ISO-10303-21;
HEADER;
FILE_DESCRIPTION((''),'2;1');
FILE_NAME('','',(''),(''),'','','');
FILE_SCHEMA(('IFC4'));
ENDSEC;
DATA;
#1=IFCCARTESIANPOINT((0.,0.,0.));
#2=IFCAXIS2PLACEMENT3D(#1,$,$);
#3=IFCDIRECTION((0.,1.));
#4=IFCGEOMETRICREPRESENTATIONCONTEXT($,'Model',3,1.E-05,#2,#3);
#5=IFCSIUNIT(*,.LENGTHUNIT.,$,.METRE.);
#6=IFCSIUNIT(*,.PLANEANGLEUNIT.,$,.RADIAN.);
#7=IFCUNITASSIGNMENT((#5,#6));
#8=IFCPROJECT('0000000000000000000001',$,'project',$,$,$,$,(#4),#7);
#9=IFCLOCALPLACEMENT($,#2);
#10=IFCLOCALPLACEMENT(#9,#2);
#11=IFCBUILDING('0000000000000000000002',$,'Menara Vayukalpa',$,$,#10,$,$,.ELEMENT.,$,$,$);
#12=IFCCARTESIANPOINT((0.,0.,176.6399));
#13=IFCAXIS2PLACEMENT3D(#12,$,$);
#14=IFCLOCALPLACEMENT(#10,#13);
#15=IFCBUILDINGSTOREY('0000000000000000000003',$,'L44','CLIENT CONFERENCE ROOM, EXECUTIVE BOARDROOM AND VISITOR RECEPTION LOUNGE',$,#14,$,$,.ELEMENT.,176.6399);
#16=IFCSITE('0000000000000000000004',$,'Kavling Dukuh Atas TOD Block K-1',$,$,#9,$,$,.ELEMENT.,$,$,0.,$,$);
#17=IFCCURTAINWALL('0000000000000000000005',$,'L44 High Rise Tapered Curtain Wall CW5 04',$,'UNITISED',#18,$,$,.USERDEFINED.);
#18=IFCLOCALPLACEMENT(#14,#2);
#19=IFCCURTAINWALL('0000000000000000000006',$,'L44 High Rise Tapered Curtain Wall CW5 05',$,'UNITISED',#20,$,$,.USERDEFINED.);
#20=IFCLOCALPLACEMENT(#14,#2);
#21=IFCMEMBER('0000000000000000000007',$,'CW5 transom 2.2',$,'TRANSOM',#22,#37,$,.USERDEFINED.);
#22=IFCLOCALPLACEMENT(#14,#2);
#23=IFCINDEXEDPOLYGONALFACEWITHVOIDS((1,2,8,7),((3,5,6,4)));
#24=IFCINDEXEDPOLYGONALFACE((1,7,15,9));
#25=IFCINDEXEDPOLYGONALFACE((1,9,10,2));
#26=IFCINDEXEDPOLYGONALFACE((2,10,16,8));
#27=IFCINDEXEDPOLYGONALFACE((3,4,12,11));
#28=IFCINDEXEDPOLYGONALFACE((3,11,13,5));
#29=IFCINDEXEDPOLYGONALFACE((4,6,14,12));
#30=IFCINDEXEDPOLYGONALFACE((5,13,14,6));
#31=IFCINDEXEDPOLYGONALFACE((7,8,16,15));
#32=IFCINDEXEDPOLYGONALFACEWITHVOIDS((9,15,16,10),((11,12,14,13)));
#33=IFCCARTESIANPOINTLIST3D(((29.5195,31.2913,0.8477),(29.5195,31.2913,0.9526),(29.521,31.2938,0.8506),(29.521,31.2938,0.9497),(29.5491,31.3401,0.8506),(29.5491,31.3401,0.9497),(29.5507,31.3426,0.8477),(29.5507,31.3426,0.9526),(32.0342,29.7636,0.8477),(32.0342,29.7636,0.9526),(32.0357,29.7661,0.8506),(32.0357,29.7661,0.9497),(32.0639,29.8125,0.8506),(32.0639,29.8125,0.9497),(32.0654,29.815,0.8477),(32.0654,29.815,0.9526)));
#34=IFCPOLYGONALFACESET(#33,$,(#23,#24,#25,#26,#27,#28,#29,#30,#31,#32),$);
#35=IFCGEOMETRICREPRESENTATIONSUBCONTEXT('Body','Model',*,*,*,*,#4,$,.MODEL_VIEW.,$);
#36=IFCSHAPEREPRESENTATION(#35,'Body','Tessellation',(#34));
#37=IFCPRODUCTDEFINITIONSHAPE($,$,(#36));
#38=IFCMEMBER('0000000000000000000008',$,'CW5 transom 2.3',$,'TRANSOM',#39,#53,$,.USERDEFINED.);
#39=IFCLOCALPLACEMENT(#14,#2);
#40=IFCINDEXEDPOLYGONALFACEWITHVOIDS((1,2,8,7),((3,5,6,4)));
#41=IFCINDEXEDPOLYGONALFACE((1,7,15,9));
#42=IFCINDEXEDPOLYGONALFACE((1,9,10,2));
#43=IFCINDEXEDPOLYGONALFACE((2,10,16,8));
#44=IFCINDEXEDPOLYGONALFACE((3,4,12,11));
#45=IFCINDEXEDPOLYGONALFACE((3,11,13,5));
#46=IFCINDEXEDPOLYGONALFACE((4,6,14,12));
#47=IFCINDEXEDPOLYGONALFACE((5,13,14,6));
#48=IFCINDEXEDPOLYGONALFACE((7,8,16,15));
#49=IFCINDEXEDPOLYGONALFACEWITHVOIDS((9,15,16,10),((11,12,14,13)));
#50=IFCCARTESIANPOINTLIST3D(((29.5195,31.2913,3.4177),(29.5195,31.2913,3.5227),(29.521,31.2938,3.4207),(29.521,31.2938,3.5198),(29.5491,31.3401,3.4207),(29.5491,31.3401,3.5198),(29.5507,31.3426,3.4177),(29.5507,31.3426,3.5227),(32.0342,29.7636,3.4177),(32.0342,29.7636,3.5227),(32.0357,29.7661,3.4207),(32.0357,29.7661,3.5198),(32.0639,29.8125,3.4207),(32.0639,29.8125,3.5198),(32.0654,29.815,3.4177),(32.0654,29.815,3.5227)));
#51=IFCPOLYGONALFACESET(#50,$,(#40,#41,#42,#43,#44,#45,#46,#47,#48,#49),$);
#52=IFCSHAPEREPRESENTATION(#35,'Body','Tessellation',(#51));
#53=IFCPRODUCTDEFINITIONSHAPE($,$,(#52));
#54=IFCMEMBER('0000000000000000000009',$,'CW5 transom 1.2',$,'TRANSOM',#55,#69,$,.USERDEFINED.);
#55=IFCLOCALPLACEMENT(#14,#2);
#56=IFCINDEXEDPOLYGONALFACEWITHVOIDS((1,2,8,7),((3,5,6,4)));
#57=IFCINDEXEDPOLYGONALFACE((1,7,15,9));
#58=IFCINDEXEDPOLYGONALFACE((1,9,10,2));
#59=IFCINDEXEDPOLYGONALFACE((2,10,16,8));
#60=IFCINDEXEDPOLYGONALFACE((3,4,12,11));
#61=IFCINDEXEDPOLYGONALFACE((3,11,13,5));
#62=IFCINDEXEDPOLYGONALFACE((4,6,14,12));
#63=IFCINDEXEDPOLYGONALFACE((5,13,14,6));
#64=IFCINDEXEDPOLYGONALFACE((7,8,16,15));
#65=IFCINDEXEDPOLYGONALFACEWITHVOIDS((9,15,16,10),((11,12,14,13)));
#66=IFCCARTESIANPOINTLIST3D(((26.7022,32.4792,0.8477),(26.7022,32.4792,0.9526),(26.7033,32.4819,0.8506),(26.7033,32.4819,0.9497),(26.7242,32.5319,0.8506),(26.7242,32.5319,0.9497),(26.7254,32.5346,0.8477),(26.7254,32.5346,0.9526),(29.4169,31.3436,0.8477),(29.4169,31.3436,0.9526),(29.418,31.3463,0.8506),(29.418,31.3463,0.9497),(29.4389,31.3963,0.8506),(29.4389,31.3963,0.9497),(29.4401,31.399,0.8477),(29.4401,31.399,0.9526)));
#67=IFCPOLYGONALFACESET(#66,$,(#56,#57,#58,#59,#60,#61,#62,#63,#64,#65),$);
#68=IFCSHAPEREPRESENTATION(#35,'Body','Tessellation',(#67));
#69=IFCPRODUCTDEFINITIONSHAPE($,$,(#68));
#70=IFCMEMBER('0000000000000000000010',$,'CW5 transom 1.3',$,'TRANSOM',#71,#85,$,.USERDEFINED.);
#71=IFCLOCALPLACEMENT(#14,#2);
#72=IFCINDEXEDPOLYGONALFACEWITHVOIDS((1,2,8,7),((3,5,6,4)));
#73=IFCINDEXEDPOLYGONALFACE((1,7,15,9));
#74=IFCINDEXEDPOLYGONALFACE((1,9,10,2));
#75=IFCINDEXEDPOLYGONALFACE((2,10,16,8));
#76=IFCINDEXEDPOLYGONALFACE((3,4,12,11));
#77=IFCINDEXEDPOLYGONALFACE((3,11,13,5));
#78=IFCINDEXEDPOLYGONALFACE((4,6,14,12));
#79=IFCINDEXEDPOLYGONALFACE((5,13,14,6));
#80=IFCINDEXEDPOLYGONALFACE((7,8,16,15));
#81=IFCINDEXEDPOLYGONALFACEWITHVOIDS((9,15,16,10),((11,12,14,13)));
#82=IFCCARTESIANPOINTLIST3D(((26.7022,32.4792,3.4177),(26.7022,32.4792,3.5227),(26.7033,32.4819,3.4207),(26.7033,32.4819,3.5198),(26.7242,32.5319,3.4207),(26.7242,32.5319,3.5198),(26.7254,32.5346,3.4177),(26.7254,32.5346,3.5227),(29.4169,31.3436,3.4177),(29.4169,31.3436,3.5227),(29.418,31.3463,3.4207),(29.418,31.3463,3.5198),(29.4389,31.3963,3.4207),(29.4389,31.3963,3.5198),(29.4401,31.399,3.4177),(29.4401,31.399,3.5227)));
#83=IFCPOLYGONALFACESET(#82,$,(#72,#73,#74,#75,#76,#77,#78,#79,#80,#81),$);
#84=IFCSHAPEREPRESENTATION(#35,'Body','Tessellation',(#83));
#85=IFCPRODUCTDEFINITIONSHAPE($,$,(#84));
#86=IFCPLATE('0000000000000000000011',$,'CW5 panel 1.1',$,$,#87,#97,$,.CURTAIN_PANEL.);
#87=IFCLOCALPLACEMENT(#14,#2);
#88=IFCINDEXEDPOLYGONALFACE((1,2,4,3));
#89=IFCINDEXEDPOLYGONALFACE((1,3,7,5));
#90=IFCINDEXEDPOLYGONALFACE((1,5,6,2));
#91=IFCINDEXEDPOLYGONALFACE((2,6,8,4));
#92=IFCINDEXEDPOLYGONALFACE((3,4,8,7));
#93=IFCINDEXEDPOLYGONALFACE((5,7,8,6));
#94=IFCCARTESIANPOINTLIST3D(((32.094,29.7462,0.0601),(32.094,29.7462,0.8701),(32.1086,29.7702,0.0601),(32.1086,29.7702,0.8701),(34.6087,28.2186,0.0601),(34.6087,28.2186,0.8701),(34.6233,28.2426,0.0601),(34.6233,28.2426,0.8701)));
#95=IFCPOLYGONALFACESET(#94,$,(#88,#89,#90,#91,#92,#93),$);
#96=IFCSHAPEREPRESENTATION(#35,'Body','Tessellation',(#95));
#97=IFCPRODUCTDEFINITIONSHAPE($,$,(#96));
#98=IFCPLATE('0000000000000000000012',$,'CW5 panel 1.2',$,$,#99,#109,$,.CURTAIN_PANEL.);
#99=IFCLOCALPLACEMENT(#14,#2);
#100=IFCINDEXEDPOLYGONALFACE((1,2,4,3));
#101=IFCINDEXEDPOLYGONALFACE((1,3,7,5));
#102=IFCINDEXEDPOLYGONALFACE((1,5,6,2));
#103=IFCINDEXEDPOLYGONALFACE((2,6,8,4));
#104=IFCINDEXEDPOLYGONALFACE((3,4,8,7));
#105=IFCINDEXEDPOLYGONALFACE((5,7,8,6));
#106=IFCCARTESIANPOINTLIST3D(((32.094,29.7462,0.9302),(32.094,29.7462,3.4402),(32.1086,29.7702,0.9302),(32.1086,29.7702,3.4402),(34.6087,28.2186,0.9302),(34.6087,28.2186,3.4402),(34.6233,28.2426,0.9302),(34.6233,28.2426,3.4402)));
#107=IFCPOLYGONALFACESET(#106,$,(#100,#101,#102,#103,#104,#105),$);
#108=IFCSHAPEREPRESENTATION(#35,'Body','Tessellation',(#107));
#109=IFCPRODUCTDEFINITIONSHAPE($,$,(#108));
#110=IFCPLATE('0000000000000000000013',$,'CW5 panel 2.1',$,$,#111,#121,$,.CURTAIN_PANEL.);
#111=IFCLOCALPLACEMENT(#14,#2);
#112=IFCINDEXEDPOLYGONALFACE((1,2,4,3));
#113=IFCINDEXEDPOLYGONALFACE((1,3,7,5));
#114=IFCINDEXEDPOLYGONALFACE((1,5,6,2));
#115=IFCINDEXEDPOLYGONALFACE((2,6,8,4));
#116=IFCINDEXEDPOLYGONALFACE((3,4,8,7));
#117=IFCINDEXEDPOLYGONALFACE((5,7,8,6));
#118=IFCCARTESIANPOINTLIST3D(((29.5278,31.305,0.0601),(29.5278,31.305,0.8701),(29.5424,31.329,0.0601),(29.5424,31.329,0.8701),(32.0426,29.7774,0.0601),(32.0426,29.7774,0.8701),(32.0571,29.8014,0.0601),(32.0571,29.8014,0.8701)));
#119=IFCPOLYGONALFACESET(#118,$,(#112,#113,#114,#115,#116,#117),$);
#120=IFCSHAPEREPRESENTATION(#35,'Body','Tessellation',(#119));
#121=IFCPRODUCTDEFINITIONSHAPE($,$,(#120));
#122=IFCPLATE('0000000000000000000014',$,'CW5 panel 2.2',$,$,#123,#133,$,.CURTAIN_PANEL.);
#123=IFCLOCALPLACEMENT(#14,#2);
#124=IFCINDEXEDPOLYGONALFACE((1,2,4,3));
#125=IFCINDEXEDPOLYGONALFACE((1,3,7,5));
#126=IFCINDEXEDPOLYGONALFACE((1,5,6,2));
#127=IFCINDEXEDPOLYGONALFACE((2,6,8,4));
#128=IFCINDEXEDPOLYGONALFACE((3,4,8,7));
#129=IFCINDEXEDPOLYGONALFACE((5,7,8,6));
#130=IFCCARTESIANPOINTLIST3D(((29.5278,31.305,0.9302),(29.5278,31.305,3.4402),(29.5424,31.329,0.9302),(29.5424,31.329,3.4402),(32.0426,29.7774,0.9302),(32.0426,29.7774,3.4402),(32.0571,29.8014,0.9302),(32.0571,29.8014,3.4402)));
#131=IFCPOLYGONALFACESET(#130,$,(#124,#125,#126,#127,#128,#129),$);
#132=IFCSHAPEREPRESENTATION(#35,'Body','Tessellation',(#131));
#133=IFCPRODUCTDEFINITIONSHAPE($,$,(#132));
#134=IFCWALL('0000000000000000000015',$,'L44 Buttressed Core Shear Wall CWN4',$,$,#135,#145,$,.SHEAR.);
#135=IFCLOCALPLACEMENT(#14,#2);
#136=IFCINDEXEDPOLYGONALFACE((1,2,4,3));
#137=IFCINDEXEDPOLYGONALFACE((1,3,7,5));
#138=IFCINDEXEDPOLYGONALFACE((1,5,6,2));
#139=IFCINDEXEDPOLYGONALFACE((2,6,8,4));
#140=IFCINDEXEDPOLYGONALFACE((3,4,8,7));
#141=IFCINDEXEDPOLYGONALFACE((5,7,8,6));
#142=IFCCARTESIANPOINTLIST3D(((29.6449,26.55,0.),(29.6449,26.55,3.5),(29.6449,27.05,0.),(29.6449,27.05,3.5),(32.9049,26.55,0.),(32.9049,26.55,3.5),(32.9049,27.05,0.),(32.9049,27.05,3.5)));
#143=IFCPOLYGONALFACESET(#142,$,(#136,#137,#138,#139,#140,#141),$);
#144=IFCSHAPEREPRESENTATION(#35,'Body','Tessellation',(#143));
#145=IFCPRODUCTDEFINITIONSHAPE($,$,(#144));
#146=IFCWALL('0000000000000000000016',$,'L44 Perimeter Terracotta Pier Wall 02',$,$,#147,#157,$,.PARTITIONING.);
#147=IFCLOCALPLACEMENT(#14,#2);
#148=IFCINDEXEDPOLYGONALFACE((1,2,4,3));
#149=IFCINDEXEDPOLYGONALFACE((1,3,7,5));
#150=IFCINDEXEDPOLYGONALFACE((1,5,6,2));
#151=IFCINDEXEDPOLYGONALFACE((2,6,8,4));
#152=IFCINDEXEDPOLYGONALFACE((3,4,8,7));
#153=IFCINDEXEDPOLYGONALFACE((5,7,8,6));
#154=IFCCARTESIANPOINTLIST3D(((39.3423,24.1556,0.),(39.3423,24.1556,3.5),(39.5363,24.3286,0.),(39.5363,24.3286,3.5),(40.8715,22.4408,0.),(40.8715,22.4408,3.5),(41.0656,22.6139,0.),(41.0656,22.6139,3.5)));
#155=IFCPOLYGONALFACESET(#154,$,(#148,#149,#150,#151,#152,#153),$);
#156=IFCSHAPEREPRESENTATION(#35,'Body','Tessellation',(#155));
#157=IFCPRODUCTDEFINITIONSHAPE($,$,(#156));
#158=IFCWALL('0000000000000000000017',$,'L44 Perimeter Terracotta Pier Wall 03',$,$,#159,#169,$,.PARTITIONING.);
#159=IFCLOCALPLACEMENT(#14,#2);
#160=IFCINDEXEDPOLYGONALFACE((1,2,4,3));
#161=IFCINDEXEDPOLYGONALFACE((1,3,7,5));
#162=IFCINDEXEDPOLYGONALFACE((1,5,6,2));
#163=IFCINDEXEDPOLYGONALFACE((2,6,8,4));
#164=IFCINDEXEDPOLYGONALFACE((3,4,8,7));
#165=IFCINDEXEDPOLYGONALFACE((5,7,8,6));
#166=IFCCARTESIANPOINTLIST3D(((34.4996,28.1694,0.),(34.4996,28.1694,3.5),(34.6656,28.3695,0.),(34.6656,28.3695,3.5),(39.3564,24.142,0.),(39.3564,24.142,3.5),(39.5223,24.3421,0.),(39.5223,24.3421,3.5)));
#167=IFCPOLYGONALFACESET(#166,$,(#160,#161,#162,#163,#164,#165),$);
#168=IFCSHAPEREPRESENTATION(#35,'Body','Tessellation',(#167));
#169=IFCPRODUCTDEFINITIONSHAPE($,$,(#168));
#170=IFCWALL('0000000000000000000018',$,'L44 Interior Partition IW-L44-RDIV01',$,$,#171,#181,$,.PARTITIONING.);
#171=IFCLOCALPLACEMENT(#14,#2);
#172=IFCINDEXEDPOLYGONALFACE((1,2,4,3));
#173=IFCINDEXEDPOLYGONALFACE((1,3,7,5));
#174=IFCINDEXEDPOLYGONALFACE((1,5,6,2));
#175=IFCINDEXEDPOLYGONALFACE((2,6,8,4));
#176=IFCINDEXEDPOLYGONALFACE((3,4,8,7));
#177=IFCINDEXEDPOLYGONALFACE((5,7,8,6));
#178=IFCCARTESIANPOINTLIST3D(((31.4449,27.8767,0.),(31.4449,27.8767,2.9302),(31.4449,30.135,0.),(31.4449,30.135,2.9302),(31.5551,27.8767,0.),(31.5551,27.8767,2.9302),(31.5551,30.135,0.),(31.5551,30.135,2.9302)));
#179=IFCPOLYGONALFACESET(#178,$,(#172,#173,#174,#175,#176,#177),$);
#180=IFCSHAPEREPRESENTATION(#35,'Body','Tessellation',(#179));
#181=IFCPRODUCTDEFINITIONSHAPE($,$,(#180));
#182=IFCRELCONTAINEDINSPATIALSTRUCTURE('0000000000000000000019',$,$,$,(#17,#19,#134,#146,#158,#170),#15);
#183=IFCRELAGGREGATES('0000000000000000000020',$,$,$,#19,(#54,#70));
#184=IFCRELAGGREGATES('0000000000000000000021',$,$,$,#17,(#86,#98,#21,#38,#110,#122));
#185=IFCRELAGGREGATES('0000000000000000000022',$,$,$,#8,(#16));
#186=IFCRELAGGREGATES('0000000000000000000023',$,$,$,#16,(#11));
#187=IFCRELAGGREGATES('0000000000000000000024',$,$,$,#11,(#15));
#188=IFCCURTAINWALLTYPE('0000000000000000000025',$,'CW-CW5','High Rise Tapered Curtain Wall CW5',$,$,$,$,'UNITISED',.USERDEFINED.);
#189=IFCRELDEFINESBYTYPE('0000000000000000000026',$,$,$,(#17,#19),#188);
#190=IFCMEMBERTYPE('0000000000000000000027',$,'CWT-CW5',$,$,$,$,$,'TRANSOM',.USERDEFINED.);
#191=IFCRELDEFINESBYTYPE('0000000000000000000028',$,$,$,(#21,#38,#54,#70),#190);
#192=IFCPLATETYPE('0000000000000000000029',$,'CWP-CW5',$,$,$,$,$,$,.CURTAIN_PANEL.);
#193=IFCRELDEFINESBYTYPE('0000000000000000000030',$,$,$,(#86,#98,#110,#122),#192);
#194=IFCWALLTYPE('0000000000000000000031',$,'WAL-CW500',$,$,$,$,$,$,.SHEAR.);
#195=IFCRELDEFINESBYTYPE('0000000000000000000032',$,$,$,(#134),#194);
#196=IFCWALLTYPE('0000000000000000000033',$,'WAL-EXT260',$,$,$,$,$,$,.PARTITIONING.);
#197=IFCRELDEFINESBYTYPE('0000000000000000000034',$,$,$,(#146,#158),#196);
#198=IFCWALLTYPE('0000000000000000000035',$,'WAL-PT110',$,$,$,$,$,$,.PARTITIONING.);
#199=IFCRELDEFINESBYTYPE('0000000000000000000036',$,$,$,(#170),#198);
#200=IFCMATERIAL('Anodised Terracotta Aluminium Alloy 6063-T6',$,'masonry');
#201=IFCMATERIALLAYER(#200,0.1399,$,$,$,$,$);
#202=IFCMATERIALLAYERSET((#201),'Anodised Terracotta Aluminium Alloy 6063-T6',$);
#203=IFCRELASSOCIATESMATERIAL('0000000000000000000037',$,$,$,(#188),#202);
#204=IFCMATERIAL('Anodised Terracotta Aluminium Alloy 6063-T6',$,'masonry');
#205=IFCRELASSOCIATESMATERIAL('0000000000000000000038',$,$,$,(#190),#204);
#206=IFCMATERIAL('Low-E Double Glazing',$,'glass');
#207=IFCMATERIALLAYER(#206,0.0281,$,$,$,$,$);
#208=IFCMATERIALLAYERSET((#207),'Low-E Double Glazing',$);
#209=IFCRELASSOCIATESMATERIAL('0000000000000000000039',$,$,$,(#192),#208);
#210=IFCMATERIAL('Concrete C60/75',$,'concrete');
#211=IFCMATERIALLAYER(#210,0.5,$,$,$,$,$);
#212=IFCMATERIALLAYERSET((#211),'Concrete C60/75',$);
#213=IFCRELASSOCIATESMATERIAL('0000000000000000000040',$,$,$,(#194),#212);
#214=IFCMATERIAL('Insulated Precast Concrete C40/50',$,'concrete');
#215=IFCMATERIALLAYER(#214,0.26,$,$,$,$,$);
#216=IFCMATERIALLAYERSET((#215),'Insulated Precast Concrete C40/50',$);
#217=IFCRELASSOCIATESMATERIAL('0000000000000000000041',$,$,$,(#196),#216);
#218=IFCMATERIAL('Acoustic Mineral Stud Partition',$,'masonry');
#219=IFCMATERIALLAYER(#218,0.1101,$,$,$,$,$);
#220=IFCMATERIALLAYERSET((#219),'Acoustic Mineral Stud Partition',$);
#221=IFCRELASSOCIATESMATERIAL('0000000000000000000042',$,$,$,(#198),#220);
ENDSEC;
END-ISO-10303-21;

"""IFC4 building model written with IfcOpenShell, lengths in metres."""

from ifc_helpers import new_model, si_unit, direction, frame, frame_2d, origin, origin_2d, place, context, subcontext, project, spatial, rectangle, hollow_rectangle, extrude, material, layer, layer_set, material_profile, profile_set, type_object, element, aggregate, save


model = new_model("IFC4")

# Units and contexts
model_context = context("Model", 3, precision=1e-05, world=origin(), true_north=direction((0.0, 1.0)))
body_context = subcontext(model_context, "Body", "Model", "MODEL_VIEW")
ifc_project = project(units=[si_unit("LENGTHUNIT", "METRE"), si_unit("PLANEANGLEUNIT", "RADIAN")], contexts=[model_context])

# Site, building, storey
site_placement = place(None, origin())
site = spatial("IfcSite", under=ifc_project, at=site_placement, Name="Kavling Dukuh Atas TOD Block K-1", CompositionType="ELEMENT", RefElevation=0.0)
building_placement = place(site_placement, origin())
building = spatial("IfcBuilding", under=site, at=building_placement, Name="Menara Vayukalpa", CompositionType="ELEMENT")
storey_placement = place(building_placement, frame((0.0, 0.0, 176.6399)))
storey = spatial("IfcBuildingStorey", under=building, at=storey_placement, Name="L44", Description="CLIENT CONFERENCE ROOM, EXECUTIVE BOARDROOM AND VISITOR RECEPTION LOUNGE", CompositionType="ELEMENT", Elevation=176.6399)

# Curtain wall
ifc_material_1 = material(Name="Anodised Terracotta Aluminium Alloy 6063-T6", Category="masonry")
ifc_layer_1 = layer(ifc_material_1, 0.1399)
ifc_layer_set_1 = layer_set([ifc_layer_1], Name="Anodised Terracotta Aluminium Alloy 6063-T6")
curtain_wall_type = type_object("IfcCurtainWallType", Name="CW-CW5", Description="High Rise Tapered Curtain Wall CW5", ElementType="UNITISED", PredefinedType="USERDEFINED", material=ifc_layer_set_1)
curtain_wall_1_placement = place(storey_placement, origin())
curtain_wall_1 = element("IfcCurtainWall", 1, at=curtain_wall_1_placement, inside=storey, type_object=curtain_wall_type, Name="L44 High Rise Tapered Curtain Wall CW5 04", ObjectType="UNITISED", PredefinedType="USERDEFINED")

# Curtain wall
curtain_wall_2_placement = place(storey_placement, origin())
curtain_wall_2 = element("IfcCurtainWall", 2, at=curtain_wall_2_placement, inside=storey, type_object=curtain_wall_type, Name="L44 High Rise Tapered Curtain Wall CW5 05", ObjectType="UNITISED", PredefinedType="USERDEFINED")

# Members
ifc_material_2 = material(Name="Anodised Terracotta Aluminium Alloy 6063-T6", Category="masonry")
ifc_material_profile_1 = material_profile(ifc_material_2, hollow_rectangle(XDim=0.0601, YDim=0.105, WallThickness=0.0029, at=origin_2d()), Name="ALU 60x105x3")
ifc_profile_set_1 = profile_set([ifc_material_profile_1], Name="Anodised Terracotta Aluminium Alloy 6063-T6")
member_type_1 = type_object("IfcMemberType", Name="CWT-CW5", ElementType="TRANSOM", PredefinedType="USERDEFINED", material=ifc_profile_set_1)
member_1_placement = place(storey_placement, frame((32.0498, 29.7893, 0.9001), z_axis=(-0.854661, 0.519186, 0.0), x_axis=(-0.519186, -0.854661, 0.0)))
member_1 = element("IfcMember", 3, at=member_1_placement, type_object=member_type_1, Name="CW5 transom 2.2", ObjectType="TRANSOM", PredefinedType="USERDEFINED", context=body_context, shape_type="SweptSolid", body=[
    extrude(hollow_rectangle(XDim=0.0601, YDim=0.105, WallThickness=0.0029, at=origin_2d()), origin(), (0.0, 0.0, 1.0), 2.9424),
])
member_2_placement = place(storey_placement, frame((32.0498, 29.7893, 3.4702), z_axis=(-0.854661, 0.519186, 0.0), x_axis=(-0.519186, -0.854661, 0.0)))
member_2 = element("IfcMember", 4, at=member_2_placement, type_object=member_type_1, Name="CW5 transom 2.3", ObjectType="TRANSOM", PredefinedType="USERDEFINED", context=body_context, shape_type="SweptSolid", body=[
    extrude(hollow_rectangle(XDim=0.0601, YDim=0.105, WallThickness=0.0029, at=origin_2d()), origin(), (0.0, 0.0, 1.0), 2.9424),
])
member_3_placement = place(storey_placement, frame((29.4285, 31.3713, 0.9001), z_axis=(-0.922543, 0.385893, 0.0), x_axis=(-0.385893, -0.922543, 0.0)))
member_3 = element("IfcMember", 5, at=member_3_placement, type_object=member_type_1, Name="CW5 transom 1.2", ObjectType="TRANSOM", PredefinedType="USERDEFINED", context=body_context, shape_type="SweptSolid", body=[
    extrude(hollow_rectangle(XDim=0.0601, YDim=0.105, WallThickness=0.0029, at=origin_2d()), origin(), (0.0, 0.0, 1.0), 2.9426),
])
member_4_placement = place(storey_placement, frame((29.4285, 31.3713, 3.4702), z_axis=(-0.922543, 0.385893, 0.0), x_axis=(-0.385893, -0.922543, 0.0)))
member_4 = element("IfcMember", 6, at=member_4_placement, type_object=member_type_1, Name="CW5 transom 1.3", ObjectType="TRANSOM", PredefinedType="USERDEFINED", context=body_context, shape_type="SweptSolid", body=[
    extrude(hollow_rectangle(XDim=0.0601, YDim=0.105, WallThickness=0.0029, at=origin_2d()), origin(), (0.0, 0.0, 1.0), 2.9426),
])
aggregate(curtain_wall_2, [member_3, member_4])

# Plates
ifc_material_3 = material(Name="Low-E Double Glazing", Category="glass")
ifc_layer_2 = layer(ifc_material_3, 0.0281)
ifc_layer_set_2 = layer_set([ifc_layer_2], Name="Low-E Double Glazing")
plate_type = type_object("IfcPlateType", Name="CWP-CW5", PredefinedType="CURTAIN_PANEL", material=ifc_layer_set_2)
plate_1_placement = place(storey_placement, frame((33.3586, 28.9944, 0.0601), z_axis=(0.0, 0.0, 1.0), x_axis=(-0.854665, 0.51918, 0.0)))
plate_1 = element("IfcPlate", 7, at=plate_1_placement, type_object=plate_type, Name="CW5 panel 1.1", PredefinedType="CURTAIN_PANEL", context=body_context, shape_type="SweptSolid", body=[
    extrude(rectangle(XDim=2.9424, YDim=0.0281, at=origin_2d()), origin(), (0.0, 0.0, 1.0), 0.8101),
])
plate_2_placement = place(storey_placement, frame((33.3586, 28.9944, 0.9302), z_axis=(0.0, 0.0, 1.0), x_axis=(-0.854665, 0.51918, 0.0)))
plate_2 = element("IfcPlate", 8, at=plate_2_placement, type_object=plate_type, Name="CW5 panel 1.2", PredefinedType="CURTAIN_PANEL", context=body_context, shape_type="SweptSolid", body=[
    extrude(rectangle(XDim=2.9424, YDim=0.0281, at=origin_2d()), origin(), (0.0, 0.0, 1.0), 2.51),
])
plate_3_placement = place(storey_placement, frame((30.7925, 30.5532, 0.0601), z_axis=(0.0, 0.0, 1.0), x_axis=(-0.854665, 0.51918, 0.0)))
plate_3 = element("IfcPlate", 9, at=plate_3_placement, type_object=plate_type, Name="CW5 panel 2.1", PredefinedType="CURTAIN_PANEL", context=body_context, shape_type="SweptSolid", body=[
    extrude(rectangle(XDim=2.9424, YDim=0.0281, at=origin_2d()), origin(), (0.0, 0.0, 1.0), 0.8101),
])
plate_4_placement = place(storey_placement, frame((30.7925, 30.5532, 0.9302), z_axis=(0.0, 0.0, 1.0), x_axis=(-0.854665, 0.51918, 0.0)))
plate_4 = element("IfcPlate", 10, at=plate_4_placement, type_object=plate_type, Name="CW5 panel 2.2", PredefinedType="CURTAIN_PANEL", context=body_context, shape_type="SweptSolid", body=[
    extrude(rectangle(XDim=2.9424, YDim=0.0281, at=origin_2d()), origin(), (0.0, 0.0, 1.0), 2.51),
])
aggregate(curtain_wall_1, [plate_1, plate_2, member_1, member_2, plate_3, plate_4])

# Walls
ifc_material_4 = material(Name="Concrete C60/75", Category="concrete")
ifc_layer_3 = layer(ifc_material_4, 0.5)
ifc_layer_set_3 = layer_set([ifc_layer_3], Name="Concrete C60/75")
wall_type_1 = type_object("IfcWallType", Name="WAL-CW500", PredefinedType="SHEAR", material=ifc_layer_set_3)
wall_1_placement = place(storey_placement, frame((29.645, 26.8, 0.0), z_axis=(0.0, 0.0, 1.0), x_axis=(1.0, 0.0, 0.0)))
element("IfcWall", 11, at=wall_1_placement, inside=storey, type_object=wall_type_1, Name="L44 Buttressed Core Shear Wall CWN4", PredefinedType="SHEAR", context=body_context, shape_type="SweptSolid", body=[
    extrude(rectangle(XDim=3.26, YDim=0.5, at=frame_2d((1.6299, 0.0))), origin(), (0.0, 0.0, 1.0), 3.5),
])
ifc_material_5 = material(Name="Insulated Precast Concrete C40/50", Category="concrete")
ifc_layer_4 = layer(ifc_material_5, 0.26)
ifc_layer_set_4 = layer_set([ifc_layer_4], Name="Insulated Precast Concrete C40/50")
wall_type_2 = type_object("IfcWallType", Name="WAL-EXT260", PredefinedType="PARTITIONING", material=ifc_layer_set_4)
wall_2_placement = place(storey_placement, frame((39.4392, 24.2422, 0.0), z_axis=(0.0, 0.0, 1.0), x_axis=(0.665576, -0.74633, 0.0)))
element("IfcWall", 12, at=wall_2_placement, inside=storey, type_object=wall_type_2, Name="L44 Perimeter Terracotta Pier Wall 02", PredefinedType="PARTITIONING", context=body_context, shape_type="SweptSolid", body=[
    extrude(rectangle(XDim=2.2976, YDim=0.26, at=frame_2d((1.1489, 0.0))), origin(), (0.0, 0.0, 1.0), 3.5),
])
wall_3_placement = place(storey_placement, frame((34.5825, 28.2695, 0.0), z_axis=(0.0, 0.0, 1.0), x_axis=(0.76977, -0.638321, 0.0)))
element("IfcWall", 13, at=wall_3_placement, inside=storey, type_object=wall_type_2, Name="L44 Perimeter Terracotta Pier Wall 03", PredefinedType="PARTITIONING", context=body_context, shape_type="SweptSolid", body=[
    extrude(rectangle(XDim=6.3093, YDim=0.26, at=frame_2d((3.1548, 0.0))), origin(), (0.0, 0.0, 1.0), 3.5),
])
ifc_material_6 = material(Name="Acoustic Mineral Stud Partition", Category="masonry")
ifc_layer_5 = layer(ifc_material_6, 0.1101)
ifc_layer_set_5 = layer_set([ifc_layer_5], Name="Acoustic Mineral Stud Partition")
wall_type_3 = type_object("IfcWallType", Name="WAL-PT110", PredefinedType="PARTITIONING", material=ifc_layer_set_5)
wall_4_placement = place(storey_placement, frame((31.5, 27.8767, 0.0), z_axis=(0.0, 0.0, 1.0), x_axis=(0.0, 1.0, 0.0)))
element("IfcWall", 14, at=wall_4_placement, inside=storey, type_object=wall_type_3, Name="L44 Interior Partition IW-L44-RDIV01", PredefinedType="PARTITIONING", context=body_context, shape_type="SweptSolid", body=[
    extrude(rectangle(XDim=2.2583, YDim=0.1101, at=frame_2d((1.1292, 0.0))), origin(), (0.0, 0.0, 1.0), 2.9302),
])

save(model, "model.ifc")
